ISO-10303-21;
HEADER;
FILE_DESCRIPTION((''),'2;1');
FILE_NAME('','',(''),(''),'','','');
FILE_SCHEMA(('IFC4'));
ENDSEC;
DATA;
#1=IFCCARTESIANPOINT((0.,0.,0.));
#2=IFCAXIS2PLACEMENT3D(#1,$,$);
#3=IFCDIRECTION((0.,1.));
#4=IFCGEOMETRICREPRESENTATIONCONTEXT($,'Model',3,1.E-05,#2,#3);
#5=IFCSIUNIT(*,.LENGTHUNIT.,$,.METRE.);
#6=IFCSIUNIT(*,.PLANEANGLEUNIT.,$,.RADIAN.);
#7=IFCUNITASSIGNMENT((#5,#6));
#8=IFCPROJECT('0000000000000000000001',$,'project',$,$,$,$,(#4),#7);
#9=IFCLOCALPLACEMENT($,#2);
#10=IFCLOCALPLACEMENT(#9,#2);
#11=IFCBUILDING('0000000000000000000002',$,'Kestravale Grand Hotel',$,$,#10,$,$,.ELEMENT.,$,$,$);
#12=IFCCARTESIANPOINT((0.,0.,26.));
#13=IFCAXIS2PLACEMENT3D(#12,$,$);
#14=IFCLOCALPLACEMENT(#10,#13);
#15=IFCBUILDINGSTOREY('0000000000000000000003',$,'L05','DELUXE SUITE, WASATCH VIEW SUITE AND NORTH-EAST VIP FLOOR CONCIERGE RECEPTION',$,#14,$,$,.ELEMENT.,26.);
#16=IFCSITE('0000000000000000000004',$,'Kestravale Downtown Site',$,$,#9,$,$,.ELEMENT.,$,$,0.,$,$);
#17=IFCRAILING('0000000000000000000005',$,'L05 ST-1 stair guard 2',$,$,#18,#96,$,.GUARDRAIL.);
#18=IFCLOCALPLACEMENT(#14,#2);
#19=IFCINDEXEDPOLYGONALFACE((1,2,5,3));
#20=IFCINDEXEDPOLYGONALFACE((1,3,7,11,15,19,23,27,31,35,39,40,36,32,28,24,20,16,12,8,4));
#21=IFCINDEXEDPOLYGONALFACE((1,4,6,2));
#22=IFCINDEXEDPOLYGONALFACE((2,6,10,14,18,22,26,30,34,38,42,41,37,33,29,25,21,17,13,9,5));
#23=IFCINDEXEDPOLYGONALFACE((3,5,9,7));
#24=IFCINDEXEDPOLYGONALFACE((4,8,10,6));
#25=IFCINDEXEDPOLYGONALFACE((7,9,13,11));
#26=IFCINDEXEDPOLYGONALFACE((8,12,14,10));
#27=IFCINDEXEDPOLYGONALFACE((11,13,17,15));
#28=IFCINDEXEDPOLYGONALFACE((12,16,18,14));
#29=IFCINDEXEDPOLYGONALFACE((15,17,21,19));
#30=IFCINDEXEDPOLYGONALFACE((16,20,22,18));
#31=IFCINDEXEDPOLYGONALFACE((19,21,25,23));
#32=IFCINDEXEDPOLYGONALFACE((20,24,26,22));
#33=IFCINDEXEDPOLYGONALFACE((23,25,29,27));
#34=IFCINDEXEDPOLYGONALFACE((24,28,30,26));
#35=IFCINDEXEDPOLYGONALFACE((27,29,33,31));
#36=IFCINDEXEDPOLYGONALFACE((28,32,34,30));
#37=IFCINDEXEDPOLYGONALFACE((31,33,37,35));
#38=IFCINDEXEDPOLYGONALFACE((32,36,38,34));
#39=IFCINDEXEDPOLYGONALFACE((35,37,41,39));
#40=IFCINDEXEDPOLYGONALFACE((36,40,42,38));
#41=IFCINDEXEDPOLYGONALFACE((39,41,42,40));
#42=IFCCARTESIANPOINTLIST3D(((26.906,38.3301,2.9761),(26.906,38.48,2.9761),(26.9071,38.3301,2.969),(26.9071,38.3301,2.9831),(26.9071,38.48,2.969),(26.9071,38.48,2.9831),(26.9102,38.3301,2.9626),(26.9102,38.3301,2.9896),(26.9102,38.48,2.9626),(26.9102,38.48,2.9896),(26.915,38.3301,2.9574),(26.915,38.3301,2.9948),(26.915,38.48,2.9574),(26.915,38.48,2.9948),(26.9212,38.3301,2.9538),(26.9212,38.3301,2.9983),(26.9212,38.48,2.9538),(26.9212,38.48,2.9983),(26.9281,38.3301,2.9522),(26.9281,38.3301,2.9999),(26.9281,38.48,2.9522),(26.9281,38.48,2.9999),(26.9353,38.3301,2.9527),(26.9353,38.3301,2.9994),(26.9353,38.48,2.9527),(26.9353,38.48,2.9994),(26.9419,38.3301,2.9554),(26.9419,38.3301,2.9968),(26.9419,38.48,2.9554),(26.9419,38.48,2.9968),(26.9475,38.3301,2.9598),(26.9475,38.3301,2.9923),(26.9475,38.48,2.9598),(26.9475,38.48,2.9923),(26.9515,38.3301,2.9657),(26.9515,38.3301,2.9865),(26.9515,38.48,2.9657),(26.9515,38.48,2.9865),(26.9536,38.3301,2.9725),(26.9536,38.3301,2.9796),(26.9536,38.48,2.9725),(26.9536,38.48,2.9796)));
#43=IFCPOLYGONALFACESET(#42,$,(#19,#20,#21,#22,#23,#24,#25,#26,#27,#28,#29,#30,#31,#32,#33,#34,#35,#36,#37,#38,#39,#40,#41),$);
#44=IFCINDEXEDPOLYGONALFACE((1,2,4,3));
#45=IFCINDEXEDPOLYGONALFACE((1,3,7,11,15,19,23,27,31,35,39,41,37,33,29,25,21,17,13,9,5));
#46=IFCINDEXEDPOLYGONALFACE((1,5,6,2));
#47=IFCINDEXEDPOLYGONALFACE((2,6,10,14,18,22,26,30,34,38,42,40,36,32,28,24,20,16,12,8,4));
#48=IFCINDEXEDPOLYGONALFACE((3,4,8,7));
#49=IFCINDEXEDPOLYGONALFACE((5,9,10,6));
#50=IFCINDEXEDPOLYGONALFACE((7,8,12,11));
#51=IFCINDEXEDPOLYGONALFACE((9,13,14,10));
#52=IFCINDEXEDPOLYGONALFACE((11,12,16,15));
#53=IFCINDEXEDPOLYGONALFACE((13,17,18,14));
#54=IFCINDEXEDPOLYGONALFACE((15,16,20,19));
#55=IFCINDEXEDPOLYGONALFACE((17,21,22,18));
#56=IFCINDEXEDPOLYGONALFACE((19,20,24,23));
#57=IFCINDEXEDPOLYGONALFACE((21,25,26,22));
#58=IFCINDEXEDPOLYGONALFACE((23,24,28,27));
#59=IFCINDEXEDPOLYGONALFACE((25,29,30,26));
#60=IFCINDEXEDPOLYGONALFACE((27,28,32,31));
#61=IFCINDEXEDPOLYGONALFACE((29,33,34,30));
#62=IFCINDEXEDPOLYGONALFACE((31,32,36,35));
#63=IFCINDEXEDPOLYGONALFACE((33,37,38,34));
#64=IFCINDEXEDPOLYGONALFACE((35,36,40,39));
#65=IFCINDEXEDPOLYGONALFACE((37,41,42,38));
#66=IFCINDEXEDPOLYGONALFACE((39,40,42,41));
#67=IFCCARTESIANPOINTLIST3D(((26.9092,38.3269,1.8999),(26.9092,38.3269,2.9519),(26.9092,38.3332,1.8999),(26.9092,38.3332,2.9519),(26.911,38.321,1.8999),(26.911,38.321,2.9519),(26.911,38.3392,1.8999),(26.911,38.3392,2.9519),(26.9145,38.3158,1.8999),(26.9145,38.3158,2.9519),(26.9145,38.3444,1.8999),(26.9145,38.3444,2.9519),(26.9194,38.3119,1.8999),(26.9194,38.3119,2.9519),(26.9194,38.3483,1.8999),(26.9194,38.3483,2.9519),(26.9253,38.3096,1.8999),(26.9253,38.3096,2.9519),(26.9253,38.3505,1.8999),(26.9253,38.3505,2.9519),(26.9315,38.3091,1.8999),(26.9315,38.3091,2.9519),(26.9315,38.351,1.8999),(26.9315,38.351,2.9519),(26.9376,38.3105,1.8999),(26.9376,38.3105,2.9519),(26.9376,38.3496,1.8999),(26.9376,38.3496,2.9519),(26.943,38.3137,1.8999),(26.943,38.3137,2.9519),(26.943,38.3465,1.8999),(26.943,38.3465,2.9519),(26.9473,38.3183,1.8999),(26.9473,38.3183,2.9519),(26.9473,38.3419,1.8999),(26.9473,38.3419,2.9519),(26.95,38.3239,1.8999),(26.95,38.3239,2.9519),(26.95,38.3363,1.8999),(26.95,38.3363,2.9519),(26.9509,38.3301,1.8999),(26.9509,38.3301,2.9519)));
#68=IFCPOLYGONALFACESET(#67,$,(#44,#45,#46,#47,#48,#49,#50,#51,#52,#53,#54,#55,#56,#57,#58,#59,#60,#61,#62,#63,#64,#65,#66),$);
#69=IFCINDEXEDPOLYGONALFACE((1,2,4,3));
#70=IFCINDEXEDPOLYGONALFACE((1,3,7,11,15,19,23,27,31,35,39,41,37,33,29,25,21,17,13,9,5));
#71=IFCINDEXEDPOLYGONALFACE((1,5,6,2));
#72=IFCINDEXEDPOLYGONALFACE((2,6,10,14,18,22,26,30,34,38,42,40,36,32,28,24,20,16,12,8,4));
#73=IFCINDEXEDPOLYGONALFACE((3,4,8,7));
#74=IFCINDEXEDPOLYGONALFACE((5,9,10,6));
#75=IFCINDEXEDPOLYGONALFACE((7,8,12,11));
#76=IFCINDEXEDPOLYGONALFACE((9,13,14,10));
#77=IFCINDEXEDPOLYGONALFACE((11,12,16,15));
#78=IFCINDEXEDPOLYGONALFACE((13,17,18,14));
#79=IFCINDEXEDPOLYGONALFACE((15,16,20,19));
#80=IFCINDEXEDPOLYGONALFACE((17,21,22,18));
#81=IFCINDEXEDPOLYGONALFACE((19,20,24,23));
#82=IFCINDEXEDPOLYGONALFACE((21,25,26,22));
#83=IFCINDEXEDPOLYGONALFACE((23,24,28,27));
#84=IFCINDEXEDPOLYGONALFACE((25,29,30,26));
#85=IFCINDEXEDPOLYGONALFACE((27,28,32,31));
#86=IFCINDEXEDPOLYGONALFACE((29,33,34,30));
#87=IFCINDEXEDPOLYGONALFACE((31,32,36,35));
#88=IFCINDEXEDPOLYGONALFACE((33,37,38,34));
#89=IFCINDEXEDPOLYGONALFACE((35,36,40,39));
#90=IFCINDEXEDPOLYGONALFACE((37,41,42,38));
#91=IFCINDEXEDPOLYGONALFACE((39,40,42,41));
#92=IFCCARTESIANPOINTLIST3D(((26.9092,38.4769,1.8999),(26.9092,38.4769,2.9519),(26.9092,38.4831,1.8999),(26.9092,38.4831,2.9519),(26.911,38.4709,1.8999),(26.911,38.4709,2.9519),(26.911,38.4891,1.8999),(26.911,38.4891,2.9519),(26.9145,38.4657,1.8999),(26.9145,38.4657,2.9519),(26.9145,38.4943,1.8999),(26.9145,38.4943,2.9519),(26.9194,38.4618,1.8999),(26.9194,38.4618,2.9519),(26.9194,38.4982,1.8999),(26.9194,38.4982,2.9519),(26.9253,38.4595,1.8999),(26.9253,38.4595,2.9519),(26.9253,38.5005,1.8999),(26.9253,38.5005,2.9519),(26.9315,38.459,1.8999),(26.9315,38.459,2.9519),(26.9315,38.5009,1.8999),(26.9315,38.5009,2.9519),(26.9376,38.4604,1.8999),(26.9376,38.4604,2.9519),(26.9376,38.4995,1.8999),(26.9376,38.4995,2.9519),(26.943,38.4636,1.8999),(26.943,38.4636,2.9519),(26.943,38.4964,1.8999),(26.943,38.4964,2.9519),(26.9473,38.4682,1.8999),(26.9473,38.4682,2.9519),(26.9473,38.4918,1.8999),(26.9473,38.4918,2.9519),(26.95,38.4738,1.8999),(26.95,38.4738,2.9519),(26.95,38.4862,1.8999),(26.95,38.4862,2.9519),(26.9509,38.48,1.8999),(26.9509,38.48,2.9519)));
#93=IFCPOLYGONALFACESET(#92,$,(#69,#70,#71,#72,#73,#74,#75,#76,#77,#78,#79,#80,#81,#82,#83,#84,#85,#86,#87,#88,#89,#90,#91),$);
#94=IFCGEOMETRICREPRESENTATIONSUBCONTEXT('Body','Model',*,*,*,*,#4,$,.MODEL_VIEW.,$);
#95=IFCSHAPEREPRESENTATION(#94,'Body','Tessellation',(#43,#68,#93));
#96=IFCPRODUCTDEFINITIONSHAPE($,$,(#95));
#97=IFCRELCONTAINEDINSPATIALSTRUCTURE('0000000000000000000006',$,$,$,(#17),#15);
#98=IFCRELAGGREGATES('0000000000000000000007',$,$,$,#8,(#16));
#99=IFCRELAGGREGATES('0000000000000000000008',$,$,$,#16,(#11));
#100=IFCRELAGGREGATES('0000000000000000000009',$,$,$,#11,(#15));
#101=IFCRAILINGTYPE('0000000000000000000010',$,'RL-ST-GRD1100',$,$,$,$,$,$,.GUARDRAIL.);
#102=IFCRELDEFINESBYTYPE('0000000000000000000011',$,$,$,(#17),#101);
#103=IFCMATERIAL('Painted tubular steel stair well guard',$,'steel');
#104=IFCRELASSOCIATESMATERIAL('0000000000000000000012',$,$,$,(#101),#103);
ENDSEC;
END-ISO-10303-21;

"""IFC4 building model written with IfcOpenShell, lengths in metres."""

from ifc_helpers import new_model, si_unit, direction, frame, origin, origin_2d, place, context, subcontext, project, spatial, circle, extrude, material, type_object, element, save


model = new_model("IFC4")

# Units and contexts
model_context = context("Model", 3, precision=1e-05, world=origin(), true_north=direction((0.0, 1.0)))
body_context = subcontext(model_context, "Body", "Model", "MODEL_VIEW")
ifc_project = project(units=[si_unit("LENGTHUNIT", "METRE"), si_unit("PLANEANGLEUNIT", "RADIAN")], contexts=[model_context])

# Site, building, storey
site_placement = place(None, origin())
site = spatial("IfcSite", under=ifc_project, at=site_placement, Name="Kestravale Downtown Site", CompositionType="ELEMENT", RefElevation=0.0)
building_placement = place(site_placement, origin())
building = spatial("IfcBuilding", under=site, at=building_placement, Name="Kestravale Grand Hotel", CompositionType="ELEMENT")
storey_placement = place(building_placement, frame((0.0, 0.0, 26.0)))
storey = spatial("IfcBuildingStorey", under=building, at=storey_placement, Name="L05", Description="DELUXE SUITE, WASATCH VIEW SUITE AND NORTH-EAST VIP FLOOR CONCIERGE RECEPTION", CompositionType="ELEMENT", Elevation=26.0)

# Railing
ifc_material_1 = material(Name="Painted tubular steel stair well guard", Category="steel")
railing_type_1 = type_object("IfcRailingType", Name="RL-ST-GRD1100", PredefinedType="GUARDRAIL", material=ifc_material_1)
railing_1_placement = place(storey_placement, frame((26.9299, 38.3301, 1.8999)))
element("IfcRailing", 1, at=railing_1_placement, inside=storey, type_object=railing_type_1, Name="L05 ST-1 stair guard 2", PredefinedType="GUARDRAIL", context=body_context, shape_type="SweptSolid", body=[
    extrude(circle(Radius=0.0239, at=origin_2d()), frame((0.0, 0.0, 1.0762), z_axis=(0.0, 1.0, 0.0), x_axis=(-1.0, 0.0, 0.0)), (0.0, 0.0, 1.0), 0.1499),
    extrude(circle(Radius=0.021, at=origin_2d()), origin(), (0.0, 0.0, 1.0), 1.052),
    extrude(circle(Radius=0.021, at=origin_2d()), frame((0.0, 0.1499, 0.0)), (0.0, 0.0, 1.0), 1.052),
])

save(model, "model.ifc")
